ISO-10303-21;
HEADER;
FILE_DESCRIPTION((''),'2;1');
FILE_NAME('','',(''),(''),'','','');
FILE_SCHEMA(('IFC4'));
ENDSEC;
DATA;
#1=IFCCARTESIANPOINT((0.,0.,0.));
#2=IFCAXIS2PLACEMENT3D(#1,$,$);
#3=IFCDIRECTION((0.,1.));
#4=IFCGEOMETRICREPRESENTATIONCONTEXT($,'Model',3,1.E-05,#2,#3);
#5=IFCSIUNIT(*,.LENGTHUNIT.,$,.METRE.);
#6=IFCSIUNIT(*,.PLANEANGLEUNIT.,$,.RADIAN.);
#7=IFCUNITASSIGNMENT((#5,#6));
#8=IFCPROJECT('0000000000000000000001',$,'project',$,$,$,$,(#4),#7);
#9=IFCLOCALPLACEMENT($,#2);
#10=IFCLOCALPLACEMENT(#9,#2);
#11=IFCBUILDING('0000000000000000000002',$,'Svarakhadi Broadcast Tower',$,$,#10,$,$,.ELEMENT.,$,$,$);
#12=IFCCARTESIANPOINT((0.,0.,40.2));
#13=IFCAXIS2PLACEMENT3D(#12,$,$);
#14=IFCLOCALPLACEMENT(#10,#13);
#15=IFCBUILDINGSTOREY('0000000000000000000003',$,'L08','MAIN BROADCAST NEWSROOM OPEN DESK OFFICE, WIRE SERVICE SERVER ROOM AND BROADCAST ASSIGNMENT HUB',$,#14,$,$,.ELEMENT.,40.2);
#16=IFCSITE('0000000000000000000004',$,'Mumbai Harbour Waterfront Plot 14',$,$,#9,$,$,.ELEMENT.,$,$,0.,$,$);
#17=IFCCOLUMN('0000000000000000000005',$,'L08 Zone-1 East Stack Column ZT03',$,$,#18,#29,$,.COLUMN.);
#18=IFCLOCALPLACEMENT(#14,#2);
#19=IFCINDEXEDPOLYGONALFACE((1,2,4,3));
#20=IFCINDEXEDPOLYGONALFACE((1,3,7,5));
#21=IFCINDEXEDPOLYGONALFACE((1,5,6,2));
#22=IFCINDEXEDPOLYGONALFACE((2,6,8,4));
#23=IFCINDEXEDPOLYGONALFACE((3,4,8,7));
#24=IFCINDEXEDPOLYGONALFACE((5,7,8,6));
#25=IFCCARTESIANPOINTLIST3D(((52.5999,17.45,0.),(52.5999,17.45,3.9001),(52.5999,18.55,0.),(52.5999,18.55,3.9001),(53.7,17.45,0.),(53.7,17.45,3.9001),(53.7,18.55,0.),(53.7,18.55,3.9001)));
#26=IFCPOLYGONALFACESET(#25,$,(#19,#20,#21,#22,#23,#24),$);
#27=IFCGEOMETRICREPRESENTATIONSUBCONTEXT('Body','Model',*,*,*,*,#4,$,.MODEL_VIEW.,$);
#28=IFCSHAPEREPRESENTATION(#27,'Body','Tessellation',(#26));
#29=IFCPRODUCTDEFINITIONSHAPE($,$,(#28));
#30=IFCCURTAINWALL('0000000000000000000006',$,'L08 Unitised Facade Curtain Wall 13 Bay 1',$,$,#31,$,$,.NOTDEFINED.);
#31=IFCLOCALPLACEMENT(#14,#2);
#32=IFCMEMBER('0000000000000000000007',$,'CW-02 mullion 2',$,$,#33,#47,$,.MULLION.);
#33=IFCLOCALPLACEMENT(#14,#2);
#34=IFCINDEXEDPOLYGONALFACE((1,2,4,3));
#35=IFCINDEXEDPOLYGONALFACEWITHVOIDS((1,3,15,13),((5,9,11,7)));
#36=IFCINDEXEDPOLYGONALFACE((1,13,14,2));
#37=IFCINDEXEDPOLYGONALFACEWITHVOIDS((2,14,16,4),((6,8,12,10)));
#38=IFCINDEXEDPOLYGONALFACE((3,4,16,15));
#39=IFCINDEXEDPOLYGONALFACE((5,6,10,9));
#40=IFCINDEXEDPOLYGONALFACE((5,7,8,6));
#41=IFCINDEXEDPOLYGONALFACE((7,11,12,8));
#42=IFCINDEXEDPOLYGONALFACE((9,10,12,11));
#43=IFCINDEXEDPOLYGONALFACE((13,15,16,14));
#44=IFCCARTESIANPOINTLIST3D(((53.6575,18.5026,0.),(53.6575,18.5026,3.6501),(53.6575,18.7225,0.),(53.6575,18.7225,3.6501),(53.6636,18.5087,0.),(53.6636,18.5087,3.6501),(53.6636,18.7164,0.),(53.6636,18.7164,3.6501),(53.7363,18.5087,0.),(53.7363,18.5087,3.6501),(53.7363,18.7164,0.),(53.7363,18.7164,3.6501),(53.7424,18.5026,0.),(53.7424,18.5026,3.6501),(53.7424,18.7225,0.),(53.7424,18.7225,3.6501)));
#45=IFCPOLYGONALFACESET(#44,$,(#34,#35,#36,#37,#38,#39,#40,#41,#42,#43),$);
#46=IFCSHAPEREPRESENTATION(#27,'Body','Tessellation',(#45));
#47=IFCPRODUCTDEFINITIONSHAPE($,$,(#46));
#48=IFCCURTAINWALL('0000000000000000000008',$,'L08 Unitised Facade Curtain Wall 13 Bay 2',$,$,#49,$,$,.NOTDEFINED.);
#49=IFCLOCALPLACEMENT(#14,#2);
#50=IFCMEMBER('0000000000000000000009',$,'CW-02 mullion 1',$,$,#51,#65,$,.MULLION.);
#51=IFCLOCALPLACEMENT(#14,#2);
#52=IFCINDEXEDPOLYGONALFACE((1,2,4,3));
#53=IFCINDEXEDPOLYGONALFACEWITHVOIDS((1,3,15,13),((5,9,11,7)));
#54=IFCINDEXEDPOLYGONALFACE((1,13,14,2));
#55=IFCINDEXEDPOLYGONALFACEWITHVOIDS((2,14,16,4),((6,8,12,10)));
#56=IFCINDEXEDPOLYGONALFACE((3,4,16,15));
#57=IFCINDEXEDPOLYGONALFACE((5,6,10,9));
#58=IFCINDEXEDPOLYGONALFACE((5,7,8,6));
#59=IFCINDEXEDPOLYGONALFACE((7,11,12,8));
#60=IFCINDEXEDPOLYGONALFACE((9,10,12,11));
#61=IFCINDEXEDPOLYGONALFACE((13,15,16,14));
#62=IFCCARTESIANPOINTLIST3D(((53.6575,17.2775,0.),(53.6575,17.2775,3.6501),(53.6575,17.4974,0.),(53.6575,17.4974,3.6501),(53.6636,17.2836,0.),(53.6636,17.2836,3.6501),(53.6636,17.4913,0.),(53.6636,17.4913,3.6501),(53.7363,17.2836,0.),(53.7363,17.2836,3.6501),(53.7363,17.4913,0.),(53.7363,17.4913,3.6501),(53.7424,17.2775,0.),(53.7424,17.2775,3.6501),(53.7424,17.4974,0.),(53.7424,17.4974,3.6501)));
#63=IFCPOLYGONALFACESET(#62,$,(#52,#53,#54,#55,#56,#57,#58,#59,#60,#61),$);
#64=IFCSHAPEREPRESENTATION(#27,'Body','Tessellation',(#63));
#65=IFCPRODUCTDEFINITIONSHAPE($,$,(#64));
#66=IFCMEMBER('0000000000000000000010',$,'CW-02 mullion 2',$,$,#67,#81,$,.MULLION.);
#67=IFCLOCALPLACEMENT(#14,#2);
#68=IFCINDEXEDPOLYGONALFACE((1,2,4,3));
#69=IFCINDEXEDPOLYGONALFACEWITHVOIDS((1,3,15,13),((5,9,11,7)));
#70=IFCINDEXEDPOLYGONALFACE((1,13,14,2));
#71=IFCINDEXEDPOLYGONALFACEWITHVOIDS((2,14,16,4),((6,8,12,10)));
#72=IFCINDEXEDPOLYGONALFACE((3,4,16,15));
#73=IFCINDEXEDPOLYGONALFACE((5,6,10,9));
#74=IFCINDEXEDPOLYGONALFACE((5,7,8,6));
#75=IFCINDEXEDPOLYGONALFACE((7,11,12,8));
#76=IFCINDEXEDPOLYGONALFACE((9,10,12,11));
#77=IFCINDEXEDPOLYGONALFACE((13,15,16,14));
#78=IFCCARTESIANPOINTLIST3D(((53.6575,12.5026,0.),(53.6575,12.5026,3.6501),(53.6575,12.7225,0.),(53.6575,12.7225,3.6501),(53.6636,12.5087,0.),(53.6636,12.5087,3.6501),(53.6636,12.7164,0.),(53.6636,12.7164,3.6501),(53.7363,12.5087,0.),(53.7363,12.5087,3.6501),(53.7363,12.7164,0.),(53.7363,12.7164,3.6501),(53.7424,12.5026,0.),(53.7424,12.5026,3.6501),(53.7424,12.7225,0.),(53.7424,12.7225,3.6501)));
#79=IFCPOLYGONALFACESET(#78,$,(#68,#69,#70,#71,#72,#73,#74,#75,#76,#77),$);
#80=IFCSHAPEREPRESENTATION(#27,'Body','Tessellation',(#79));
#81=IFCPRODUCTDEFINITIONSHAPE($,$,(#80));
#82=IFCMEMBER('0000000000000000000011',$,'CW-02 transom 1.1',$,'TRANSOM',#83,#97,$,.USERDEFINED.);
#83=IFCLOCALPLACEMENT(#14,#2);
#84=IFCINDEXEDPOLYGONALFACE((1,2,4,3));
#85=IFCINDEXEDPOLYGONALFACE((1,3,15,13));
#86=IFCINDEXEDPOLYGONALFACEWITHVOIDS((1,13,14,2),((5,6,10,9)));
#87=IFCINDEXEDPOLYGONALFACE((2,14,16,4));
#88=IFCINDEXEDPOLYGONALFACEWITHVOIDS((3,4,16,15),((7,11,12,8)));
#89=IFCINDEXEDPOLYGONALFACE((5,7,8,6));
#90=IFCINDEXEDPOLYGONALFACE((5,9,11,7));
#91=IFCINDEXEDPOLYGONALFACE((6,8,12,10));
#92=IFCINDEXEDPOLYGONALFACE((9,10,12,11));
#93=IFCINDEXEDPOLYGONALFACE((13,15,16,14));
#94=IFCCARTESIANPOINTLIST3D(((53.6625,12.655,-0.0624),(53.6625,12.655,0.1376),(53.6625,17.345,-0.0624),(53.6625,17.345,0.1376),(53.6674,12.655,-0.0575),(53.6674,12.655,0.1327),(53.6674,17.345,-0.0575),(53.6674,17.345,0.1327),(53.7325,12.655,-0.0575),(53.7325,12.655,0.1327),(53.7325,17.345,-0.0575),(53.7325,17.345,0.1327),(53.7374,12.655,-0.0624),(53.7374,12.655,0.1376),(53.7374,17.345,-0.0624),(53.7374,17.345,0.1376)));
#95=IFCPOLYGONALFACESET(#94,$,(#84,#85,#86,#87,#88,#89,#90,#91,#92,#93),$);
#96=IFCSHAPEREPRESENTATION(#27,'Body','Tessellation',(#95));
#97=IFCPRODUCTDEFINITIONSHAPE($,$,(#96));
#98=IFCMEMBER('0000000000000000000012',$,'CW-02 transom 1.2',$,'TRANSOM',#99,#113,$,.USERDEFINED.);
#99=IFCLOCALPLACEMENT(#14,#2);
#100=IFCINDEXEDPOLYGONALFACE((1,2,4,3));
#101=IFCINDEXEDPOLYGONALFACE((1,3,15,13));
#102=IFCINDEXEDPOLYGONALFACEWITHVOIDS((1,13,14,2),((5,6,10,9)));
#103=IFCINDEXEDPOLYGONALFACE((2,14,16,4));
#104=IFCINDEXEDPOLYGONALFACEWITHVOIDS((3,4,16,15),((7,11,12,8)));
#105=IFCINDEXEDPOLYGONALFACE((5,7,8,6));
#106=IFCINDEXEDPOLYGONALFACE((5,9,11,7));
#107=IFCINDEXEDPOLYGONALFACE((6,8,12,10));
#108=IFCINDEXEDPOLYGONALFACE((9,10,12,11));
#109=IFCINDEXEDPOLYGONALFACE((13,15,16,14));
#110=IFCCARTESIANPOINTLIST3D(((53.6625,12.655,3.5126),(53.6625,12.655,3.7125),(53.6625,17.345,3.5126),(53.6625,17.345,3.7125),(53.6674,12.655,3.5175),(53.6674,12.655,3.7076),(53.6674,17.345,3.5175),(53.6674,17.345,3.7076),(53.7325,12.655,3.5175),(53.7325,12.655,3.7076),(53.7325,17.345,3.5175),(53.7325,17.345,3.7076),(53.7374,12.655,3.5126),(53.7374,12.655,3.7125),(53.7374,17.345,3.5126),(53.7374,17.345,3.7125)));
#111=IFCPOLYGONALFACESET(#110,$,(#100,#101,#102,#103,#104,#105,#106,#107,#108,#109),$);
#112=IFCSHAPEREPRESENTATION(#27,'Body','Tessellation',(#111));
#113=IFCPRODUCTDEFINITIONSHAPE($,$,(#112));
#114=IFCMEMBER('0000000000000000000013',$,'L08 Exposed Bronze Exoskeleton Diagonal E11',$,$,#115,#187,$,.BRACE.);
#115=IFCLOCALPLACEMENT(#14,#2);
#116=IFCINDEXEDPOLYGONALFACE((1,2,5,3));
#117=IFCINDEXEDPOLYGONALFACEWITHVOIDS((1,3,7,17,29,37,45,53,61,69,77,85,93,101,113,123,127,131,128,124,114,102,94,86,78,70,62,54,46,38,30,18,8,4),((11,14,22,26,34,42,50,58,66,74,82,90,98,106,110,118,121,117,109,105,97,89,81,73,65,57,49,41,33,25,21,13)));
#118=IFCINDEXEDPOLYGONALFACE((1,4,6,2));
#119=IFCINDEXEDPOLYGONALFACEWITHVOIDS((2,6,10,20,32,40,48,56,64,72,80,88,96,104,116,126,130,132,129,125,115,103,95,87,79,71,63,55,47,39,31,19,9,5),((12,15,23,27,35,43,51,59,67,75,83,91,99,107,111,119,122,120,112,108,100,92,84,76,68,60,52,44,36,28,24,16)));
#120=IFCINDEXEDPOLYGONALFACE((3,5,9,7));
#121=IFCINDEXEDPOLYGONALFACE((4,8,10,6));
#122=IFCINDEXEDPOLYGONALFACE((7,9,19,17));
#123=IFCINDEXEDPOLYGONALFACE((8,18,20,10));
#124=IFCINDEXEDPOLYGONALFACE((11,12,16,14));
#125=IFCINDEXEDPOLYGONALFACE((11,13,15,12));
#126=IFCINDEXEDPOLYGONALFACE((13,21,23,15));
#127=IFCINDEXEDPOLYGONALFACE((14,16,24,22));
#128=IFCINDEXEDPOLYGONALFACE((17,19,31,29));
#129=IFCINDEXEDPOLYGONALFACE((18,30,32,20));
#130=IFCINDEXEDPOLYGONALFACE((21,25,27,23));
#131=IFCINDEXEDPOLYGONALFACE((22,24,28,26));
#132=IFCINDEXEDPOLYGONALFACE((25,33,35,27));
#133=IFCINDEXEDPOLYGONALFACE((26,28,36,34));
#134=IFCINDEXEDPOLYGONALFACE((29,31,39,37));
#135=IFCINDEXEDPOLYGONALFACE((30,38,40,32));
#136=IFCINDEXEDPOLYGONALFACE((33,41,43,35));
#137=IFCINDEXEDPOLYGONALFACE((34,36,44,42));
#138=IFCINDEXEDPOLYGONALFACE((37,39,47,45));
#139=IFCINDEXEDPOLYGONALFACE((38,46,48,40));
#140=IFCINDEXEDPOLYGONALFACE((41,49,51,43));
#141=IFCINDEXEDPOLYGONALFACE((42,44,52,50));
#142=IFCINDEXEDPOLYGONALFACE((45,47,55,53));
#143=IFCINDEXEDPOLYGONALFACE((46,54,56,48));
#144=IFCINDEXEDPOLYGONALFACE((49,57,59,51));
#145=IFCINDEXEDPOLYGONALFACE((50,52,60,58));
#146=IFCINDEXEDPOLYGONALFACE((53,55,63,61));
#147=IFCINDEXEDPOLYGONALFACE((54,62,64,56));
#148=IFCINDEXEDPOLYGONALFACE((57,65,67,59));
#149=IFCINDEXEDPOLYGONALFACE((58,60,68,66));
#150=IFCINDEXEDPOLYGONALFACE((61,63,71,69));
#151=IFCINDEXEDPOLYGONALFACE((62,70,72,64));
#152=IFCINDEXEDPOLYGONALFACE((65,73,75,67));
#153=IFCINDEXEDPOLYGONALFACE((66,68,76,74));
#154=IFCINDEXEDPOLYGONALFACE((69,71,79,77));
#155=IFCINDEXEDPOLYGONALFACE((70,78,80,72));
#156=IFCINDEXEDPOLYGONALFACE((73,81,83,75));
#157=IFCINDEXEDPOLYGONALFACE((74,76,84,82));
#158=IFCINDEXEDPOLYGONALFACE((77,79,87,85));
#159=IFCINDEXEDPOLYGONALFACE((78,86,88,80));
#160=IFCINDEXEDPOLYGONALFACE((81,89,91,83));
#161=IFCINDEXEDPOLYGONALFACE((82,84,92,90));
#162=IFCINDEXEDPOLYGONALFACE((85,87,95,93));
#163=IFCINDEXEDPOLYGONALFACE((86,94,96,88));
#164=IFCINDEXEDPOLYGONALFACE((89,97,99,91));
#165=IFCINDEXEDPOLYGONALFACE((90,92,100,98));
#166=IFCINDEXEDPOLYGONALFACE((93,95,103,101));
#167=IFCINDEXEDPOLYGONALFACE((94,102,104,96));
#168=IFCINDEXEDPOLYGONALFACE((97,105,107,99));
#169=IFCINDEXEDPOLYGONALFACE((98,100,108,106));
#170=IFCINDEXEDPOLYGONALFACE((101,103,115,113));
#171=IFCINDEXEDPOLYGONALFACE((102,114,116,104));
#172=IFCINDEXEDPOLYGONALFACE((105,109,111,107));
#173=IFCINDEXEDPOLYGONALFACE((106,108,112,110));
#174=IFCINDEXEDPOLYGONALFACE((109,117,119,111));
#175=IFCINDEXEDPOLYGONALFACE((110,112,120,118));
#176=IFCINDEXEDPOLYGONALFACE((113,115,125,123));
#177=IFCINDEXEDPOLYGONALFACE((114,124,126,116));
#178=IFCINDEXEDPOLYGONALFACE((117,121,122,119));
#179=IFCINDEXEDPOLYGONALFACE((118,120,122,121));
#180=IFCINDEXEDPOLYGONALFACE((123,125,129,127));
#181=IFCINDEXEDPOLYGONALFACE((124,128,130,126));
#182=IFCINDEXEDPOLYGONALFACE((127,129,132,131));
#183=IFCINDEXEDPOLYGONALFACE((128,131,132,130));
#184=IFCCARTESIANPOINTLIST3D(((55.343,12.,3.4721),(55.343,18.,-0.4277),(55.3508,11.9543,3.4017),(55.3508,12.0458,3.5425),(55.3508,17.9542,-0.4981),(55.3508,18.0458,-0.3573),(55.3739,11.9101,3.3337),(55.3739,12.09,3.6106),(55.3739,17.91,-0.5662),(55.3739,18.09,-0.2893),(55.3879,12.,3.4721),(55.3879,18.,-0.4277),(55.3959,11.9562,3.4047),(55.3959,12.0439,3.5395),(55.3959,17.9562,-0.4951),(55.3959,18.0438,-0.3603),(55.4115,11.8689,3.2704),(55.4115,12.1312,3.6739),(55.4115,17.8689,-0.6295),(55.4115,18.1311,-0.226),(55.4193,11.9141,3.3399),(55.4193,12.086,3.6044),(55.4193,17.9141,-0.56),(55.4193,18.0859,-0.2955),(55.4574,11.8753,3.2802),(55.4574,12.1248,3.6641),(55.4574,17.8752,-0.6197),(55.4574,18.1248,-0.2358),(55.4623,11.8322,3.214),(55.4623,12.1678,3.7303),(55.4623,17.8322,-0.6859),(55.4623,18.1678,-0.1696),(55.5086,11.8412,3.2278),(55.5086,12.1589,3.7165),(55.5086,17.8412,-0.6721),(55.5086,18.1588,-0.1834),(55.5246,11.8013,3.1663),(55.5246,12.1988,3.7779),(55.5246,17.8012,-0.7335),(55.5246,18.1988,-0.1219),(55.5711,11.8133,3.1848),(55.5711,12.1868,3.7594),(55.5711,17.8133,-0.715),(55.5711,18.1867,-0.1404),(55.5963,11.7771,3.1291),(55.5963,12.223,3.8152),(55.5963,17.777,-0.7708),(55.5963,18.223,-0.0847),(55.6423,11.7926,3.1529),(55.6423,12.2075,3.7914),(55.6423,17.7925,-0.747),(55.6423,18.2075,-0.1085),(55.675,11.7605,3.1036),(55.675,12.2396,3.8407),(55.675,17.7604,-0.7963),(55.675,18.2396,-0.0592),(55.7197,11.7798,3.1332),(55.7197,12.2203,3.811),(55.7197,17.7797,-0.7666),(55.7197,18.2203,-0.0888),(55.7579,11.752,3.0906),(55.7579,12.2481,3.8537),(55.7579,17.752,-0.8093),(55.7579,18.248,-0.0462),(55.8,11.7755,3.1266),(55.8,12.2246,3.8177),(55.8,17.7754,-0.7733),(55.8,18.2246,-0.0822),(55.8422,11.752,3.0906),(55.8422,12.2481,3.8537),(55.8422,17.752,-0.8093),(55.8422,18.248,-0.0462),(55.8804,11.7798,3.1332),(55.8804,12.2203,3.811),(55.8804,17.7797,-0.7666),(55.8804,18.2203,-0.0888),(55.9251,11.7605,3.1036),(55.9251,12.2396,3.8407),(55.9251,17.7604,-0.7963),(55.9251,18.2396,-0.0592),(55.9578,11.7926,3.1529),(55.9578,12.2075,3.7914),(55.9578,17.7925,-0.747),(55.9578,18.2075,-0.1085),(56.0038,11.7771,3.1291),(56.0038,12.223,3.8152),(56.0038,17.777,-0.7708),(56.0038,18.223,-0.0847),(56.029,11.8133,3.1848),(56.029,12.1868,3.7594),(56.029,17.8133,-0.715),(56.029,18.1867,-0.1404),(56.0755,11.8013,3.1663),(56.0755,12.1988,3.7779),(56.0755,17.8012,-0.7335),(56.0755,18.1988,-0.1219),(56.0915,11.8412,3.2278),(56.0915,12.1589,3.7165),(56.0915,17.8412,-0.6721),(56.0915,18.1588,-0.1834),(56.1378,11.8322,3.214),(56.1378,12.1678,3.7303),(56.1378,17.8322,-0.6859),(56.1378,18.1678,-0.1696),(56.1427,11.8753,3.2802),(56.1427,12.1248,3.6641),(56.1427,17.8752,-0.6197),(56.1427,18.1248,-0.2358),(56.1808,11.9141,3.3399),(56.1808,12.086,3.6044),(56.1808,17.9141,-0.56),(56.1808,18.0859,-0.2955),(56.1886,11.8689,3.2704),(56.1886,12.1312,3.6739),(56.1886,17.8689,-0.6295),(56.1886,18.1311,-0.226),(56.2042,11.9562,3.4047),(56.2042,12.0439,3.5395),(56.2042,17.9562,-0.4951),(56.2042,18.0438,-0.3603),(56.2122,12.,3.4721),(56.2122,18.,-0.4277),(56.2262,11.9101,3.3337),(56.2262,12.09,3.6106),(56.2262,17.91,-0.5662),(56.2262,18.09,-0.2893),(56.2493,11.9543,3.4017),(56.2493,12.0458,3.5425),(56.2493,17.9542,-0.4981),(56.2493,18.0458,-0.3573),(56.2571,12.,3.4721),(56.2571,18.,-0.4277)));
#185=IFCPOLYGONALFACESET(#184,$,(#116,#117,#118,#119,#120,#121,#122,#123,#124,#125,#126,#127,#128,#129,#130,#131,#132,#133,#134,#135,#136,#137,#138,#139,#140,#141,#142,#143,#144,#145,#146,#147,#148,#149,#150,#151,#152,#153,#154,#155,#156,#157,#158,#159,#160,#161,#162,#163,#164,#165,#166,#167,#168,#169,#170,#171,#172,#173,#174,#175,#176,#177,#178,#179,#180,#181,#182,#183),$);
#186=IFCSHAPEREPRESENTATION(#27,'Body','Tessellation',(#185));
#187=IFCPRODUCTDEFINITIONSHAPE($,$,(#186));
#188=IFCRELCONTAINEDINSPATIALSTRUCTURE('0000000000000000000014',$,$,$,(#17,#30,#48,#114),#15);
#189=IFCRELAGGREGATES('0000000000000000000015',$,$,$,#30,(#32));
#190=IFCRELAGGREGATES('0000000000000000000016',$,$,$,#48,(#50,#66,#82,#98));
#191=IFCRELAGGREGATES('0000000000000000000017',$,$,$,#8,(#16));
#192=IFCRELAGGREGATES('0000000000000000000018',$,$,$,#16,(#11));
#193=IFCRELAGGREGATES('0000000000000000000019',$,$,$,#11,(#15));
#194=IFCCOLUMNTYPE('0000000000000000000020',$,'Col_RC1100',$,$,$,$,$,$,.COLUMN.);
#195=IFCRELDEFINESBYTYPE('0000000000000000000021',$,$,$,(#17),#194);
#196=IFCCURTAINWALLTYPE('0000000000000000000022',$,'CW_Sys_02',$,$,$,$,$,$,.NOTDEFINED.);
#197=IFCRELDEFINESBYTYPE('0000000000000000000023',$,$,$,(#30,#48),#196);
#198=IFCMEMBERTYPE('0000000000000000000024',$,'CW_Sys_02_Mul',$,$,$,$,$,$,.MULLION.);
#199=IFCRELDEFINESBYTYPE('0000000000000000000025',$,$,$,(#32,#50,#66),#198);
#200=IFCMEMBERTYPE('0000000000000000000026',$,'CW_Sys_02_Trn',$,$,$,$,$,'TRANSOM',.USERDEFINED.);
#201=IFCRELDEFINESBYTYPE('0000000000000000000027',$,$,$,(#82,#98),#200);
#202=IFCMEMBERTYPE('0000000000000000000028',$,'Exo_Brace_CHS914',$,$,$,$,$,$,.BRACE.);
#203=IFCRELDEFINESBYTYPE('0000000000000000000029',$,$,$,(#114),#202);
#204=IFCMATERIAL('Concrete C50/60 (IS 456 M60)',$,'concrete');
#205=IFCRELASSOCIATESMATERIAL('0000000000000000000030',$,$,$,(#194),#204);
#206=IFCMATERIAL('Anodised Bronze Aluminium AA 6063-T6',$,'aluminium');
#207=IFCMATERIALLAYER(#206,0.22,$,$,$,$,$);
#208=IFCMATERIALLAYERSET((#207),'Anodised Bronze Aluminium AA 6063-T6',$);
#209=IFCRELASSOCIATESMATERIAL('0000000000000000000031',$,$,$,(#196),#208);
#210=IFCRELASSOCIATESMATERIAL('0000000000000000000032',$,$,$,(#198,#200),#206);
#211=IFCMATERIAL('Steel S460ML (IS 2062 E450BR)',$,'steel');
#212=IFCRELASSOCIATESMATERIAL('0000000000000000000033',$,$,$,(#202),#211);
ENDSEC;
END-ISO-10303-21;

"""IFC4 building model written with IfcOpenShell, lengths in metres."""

from ifc_helpers import new_model, si_unit, direction, frame, origin, origin_2d, place, context, subcontext, project, spatial, rectangle, hollow_rectangle, hollow_circle, extrude, material, layer, layer_set, material_profile, profile_set, type_object, element, aggregate, save


model = new_model("IFC4")

# Units and contexts
model_context = context("Model", 3, precision=1e-05, world=origin(), true_north=direction((0.0, 1.0)))
body_context = subcontext(model_context, "Body", "Model", "MODEL_VIEW")
ifc_project = project(units=[si_unit("LENGTHUNIT", "METRE"), si_unit("PLANEANGLEUNIT", "RADIAN")], contexts=[model_context])

# Site, building, storey
site_placement = place(None, origin())
site = spatial("IfcSite", under=ifc_project, at=site_placement, Name="Mumbai Harbour Waterfront Plot 14", CompositionType="ELEMENT", RefElevation=0.0)
building_placement = place(site_placement, origin())
building = spatial("IfcBuilding", under=site, at=building_placement, Name="Svarakhadi Broadcast Tower", CompositionType="ELEMENT")
storey_placement = place(building_placement, frame((0.0, 0.0, 40.2)))
storey = spatial("IfcBuildingStorey", under=building, at=storey_placement, Name="L08", Description="MAIN BROADCAST NEWSROOM OPEN DESK OFFICE, WIRE SERVICE SERVER ROOM AND BROADCAST ASSIGNMENT HUB", CompositionType="ELEMENT", Elevation=40.2)

# Column
ifc_material_1 = material(Name="Concrete C50/60 (IS 456 M60)", Category="concrete")
ifc_material_profile_1 = material_profile(ifc_material_1, rectangle(XDim=1.1001, YDim=1.1001, at=origin_2d()), Name="RC 1100x1100")
ifc_profile_set_1 = profile_set([ifc_material_profile_1], Name="Concrete C50/60 (IS 456 M60)")
column_type = type_object("IfcColumnType", Name="Col_RC1100", PredefinedType="COLUMN", material=ifc_profile_set_1)
column_placement = place(storey_placement, frame((53.1499, 18.0, 0.0), z_axis=(0.0, 0.0, 1.0), x_axis=(1.0, 0.0, 0.0)))
element("IfcColumn", 1, at=column_placement, inside=storey, type_object=column_type, Name="L08 Zone-1 East Stack Column ZT03", PredefinedType="COLUMN", context=body_context, shape_type="SweptSolid", body=[
    extrude(rectangle(XDim=1.1001, YDim=1.1001, at=origin_2d()), origin(), (0.0, 0.0, 1.0), 3.9001),
])

# Curtain wall, member
ifc_material_2 = material(Name="Anodised Bronze Aluminium AA 6063-T6", Category="aluminium")
ifc_layer_1 = layer(ifc_material_2, 0.22)
ifc_layer_set_1 = layer_set([ifc_layer_1], Name="Anodised Bronze Aluminium AA 6063-T6")
curtain_wall_type = type_object("IfcCurtainWallType", Name="CW_Sys_02", PredefinedType="NOTDEFINED", material=ifc_layer_set_1)
curtain_wall_1_placement = place(storey_placement, origin())
curtain_wall_1 = element("IfcCurtainWall", 2, at=curtain_wall_1_placement, inside=storey, type_object=curtain_wall_type, Name="L08 Unitised Facade Curtain Wall 13 Bay 1", PredefinedType="NOTDEFINED")
ifc_material_profile_2 = material_profile(ifc_material_2, hollow_rectangle(XDim=0.085, YDim=0.22, WallThickness=0.0061, at=origin_2d()), Name="ALU MULLION 220x85x6")
ifc_profile_set_2 = profile_set([ifc_material_profile_2], Name="Anodised Bronze Aluminium AA 6063-T6")
member_type_1 = type_object("IfcMemberType", Name="CW_Sys_02_Mul", PredefinedType="MULLION", material=ifc_profile_set_2)
member_1_placement = place(storey_placement, frame((53.7, 18.6125, 0.0), z_axis=(0.0, 0.0, 1.0), x_axis=(1.0, 0.0, 0.0)))
member_1 = element("IfcMember", 3, at=member_1_placement, type_object=member_type_1, Name="CW-02 mullion 2", PredefinedType="MULLION", context=body_context, shape_type="SweptSolid", body=[
    extrude(hollow_rectangle(XDim=0.085, YDim=0.22, WallThickness=0.0061, at=origin_2d()), origin(), (0.0, 0.0, 1.0), 3.6501),
])

# Curtain wall, members
curtain_wall_2_placement = place(storey_placement, origin())
curtain_wall_2 = element("IfcCurtainWall", 4, at=curtain_wall_2_placement, inside=storey, type_object=curtain_wall_type, Name="L08 Unitised Facade Curtain Wall 13 Bay 2", PredefinedType="NOTDEFINED")
member_2_placement = place(storey_placement, frame((53.7, 17.3875, 0.0), z_axis=(0.0, 0.0, 1.0), x_axis=(1.0, 0.0, 0.0)))
member_2 = element("IfcMember", 5, at=member_2_placement, type_object=member_type_1, Name="CW-02 mullion 1", PredefinedType="MULLION", context=body_context, shape_type="SweptSolid", body=[
    extrude(hollow_rectangle(XDim=0.085, YDim=0.22, WallThickness=0.0061, at=origin_2d()), origin(), (0.0, 0.0, 1.0), 3.6501),
])
member_3_placement = place(storey_placement, frame((53.7, 12.6125, 0.0), z_axis=(0.0, 0.0, 1.0), x_axis=(1.0, 0.0, 0.0)))
member_3 = element("IfcMember", 6, at=member_3_placement, type_object=member_type_1, Name="CW-02 mullion 2", PredefinedType="MULLION", context=body_context, shape_type="SweptSolid", body=[
    extrude(hollow_rectangle(XDim=0.085, YDim=0.22, WallThickness=0.0061, at=origin_2d()), origin(), (0.0, 0.0, 1.0), 3.6501),
])
ifc_material_profile_3 = material_profile(ifc_material_2, hollow_rectangle(XDim=0.075, YDim=0.2, WallThickness=0.0049, at=origin_2d()), Name="ALU TRANSOM 200x75x5")
ifc_profile_set_3 = profile_set([ifc_material_profile_3], Name="Anodised Bronze Aluminium AA 6063-T6")
member_type_2 = type_object("IfcMemberType", Name="CW_Sys_02_Trn", ElementType="TRANSOM", PredefinedType="USERDEFINED", material=ifc_profile_set_3)
member_4_placement = place(storey_placement, frame((53.7, 17.345, 0.0376), z_axis=(0.0, -1.0, 0.0), x_axis=(1.0, 0.0, 0.0)))
member_4 = element("IfcMember", 7, at=member_4_placement, type_object=member_type_2, Name="CW-02 transom 1.1", ObjectType="TRANSOM", PredefinedType="USERDEFINED", context=body_context, shape_type="SweptSolid", body=[
    extrude(hollow_rectangle(XDim=0.075, YDim=0.2, WallThickness=0.0049, at=origin_2d()), origin(), (0.0, 0.0, 1.0), 4.6899),
])
member_5_placement = place(storey_placement, frame((53.7, 17.345, 3.6125), z_axis=(0.0, -1.0, 0.0), x_axis=(1.0, 0.0, 0.0)))
member_5 = element("IfcMember", 8, at=member_5_placement, type_object=member_type_2, Name="CW-02 transom 1.2", ObjectType="TRANSOM", PredefinedType="USERDEFINED", context=body_context, shape_type="SweptSolid", body=[
    extrude(hollow_rectangle(XDim=0.075, YDim=0.2, WallThickness=0.0049, at=origin_2d()), origin(), (0.0, 0.0, 1.0), 4.6899),
])

# Member
ifc_material_3 = material(Name="Steel S460ML (IS 2062 E450BR)", Category="steel")
ifc_material_profile_4 = material_profile(ifc_material_3, hollow_circle(Radius=0.457, WallThickness=0.0449, at=origin_2d()), Name="CHS 914x45")
ifc_profile_set_4 = profile_set([ifc_material_profile_4], Name="Steel S460ML (IS 2062 E450BR)")
member_type_3 = type_object("IfcMemberType", Name="Exo_Brace_CHS914", PredefinedType="BRACE", material=ifc_profile_set_4)
member_6_placement = place(storey_placement, frame((55.8, 18.0, -0.4277), z_axis=(0.0, -0.83845, 0.544979), x_axis=(1.0, 0.0, 0.0)))
element("IfcMember", 9, at=member_6_placement, inside=storey, type_object=member_type_3, Name="L08 Exposed Bronze Exoskeleton Diagonal E11", PredefinedType="BRACE", context=body_context, shape_type="SweptSolid", body=[
    extrude(hollow_circle(Radius=0.457, WallThickness=0.0449, at=origin_2d()), origin(), (0.0, 0.0, 1.0), 7.156),
])

aggregate(curtain_wall_1, [member_1])
aggregate(curtain_wall_2, [member_2, member_3, member_4, member_5])

save(model, "model.ifc")
